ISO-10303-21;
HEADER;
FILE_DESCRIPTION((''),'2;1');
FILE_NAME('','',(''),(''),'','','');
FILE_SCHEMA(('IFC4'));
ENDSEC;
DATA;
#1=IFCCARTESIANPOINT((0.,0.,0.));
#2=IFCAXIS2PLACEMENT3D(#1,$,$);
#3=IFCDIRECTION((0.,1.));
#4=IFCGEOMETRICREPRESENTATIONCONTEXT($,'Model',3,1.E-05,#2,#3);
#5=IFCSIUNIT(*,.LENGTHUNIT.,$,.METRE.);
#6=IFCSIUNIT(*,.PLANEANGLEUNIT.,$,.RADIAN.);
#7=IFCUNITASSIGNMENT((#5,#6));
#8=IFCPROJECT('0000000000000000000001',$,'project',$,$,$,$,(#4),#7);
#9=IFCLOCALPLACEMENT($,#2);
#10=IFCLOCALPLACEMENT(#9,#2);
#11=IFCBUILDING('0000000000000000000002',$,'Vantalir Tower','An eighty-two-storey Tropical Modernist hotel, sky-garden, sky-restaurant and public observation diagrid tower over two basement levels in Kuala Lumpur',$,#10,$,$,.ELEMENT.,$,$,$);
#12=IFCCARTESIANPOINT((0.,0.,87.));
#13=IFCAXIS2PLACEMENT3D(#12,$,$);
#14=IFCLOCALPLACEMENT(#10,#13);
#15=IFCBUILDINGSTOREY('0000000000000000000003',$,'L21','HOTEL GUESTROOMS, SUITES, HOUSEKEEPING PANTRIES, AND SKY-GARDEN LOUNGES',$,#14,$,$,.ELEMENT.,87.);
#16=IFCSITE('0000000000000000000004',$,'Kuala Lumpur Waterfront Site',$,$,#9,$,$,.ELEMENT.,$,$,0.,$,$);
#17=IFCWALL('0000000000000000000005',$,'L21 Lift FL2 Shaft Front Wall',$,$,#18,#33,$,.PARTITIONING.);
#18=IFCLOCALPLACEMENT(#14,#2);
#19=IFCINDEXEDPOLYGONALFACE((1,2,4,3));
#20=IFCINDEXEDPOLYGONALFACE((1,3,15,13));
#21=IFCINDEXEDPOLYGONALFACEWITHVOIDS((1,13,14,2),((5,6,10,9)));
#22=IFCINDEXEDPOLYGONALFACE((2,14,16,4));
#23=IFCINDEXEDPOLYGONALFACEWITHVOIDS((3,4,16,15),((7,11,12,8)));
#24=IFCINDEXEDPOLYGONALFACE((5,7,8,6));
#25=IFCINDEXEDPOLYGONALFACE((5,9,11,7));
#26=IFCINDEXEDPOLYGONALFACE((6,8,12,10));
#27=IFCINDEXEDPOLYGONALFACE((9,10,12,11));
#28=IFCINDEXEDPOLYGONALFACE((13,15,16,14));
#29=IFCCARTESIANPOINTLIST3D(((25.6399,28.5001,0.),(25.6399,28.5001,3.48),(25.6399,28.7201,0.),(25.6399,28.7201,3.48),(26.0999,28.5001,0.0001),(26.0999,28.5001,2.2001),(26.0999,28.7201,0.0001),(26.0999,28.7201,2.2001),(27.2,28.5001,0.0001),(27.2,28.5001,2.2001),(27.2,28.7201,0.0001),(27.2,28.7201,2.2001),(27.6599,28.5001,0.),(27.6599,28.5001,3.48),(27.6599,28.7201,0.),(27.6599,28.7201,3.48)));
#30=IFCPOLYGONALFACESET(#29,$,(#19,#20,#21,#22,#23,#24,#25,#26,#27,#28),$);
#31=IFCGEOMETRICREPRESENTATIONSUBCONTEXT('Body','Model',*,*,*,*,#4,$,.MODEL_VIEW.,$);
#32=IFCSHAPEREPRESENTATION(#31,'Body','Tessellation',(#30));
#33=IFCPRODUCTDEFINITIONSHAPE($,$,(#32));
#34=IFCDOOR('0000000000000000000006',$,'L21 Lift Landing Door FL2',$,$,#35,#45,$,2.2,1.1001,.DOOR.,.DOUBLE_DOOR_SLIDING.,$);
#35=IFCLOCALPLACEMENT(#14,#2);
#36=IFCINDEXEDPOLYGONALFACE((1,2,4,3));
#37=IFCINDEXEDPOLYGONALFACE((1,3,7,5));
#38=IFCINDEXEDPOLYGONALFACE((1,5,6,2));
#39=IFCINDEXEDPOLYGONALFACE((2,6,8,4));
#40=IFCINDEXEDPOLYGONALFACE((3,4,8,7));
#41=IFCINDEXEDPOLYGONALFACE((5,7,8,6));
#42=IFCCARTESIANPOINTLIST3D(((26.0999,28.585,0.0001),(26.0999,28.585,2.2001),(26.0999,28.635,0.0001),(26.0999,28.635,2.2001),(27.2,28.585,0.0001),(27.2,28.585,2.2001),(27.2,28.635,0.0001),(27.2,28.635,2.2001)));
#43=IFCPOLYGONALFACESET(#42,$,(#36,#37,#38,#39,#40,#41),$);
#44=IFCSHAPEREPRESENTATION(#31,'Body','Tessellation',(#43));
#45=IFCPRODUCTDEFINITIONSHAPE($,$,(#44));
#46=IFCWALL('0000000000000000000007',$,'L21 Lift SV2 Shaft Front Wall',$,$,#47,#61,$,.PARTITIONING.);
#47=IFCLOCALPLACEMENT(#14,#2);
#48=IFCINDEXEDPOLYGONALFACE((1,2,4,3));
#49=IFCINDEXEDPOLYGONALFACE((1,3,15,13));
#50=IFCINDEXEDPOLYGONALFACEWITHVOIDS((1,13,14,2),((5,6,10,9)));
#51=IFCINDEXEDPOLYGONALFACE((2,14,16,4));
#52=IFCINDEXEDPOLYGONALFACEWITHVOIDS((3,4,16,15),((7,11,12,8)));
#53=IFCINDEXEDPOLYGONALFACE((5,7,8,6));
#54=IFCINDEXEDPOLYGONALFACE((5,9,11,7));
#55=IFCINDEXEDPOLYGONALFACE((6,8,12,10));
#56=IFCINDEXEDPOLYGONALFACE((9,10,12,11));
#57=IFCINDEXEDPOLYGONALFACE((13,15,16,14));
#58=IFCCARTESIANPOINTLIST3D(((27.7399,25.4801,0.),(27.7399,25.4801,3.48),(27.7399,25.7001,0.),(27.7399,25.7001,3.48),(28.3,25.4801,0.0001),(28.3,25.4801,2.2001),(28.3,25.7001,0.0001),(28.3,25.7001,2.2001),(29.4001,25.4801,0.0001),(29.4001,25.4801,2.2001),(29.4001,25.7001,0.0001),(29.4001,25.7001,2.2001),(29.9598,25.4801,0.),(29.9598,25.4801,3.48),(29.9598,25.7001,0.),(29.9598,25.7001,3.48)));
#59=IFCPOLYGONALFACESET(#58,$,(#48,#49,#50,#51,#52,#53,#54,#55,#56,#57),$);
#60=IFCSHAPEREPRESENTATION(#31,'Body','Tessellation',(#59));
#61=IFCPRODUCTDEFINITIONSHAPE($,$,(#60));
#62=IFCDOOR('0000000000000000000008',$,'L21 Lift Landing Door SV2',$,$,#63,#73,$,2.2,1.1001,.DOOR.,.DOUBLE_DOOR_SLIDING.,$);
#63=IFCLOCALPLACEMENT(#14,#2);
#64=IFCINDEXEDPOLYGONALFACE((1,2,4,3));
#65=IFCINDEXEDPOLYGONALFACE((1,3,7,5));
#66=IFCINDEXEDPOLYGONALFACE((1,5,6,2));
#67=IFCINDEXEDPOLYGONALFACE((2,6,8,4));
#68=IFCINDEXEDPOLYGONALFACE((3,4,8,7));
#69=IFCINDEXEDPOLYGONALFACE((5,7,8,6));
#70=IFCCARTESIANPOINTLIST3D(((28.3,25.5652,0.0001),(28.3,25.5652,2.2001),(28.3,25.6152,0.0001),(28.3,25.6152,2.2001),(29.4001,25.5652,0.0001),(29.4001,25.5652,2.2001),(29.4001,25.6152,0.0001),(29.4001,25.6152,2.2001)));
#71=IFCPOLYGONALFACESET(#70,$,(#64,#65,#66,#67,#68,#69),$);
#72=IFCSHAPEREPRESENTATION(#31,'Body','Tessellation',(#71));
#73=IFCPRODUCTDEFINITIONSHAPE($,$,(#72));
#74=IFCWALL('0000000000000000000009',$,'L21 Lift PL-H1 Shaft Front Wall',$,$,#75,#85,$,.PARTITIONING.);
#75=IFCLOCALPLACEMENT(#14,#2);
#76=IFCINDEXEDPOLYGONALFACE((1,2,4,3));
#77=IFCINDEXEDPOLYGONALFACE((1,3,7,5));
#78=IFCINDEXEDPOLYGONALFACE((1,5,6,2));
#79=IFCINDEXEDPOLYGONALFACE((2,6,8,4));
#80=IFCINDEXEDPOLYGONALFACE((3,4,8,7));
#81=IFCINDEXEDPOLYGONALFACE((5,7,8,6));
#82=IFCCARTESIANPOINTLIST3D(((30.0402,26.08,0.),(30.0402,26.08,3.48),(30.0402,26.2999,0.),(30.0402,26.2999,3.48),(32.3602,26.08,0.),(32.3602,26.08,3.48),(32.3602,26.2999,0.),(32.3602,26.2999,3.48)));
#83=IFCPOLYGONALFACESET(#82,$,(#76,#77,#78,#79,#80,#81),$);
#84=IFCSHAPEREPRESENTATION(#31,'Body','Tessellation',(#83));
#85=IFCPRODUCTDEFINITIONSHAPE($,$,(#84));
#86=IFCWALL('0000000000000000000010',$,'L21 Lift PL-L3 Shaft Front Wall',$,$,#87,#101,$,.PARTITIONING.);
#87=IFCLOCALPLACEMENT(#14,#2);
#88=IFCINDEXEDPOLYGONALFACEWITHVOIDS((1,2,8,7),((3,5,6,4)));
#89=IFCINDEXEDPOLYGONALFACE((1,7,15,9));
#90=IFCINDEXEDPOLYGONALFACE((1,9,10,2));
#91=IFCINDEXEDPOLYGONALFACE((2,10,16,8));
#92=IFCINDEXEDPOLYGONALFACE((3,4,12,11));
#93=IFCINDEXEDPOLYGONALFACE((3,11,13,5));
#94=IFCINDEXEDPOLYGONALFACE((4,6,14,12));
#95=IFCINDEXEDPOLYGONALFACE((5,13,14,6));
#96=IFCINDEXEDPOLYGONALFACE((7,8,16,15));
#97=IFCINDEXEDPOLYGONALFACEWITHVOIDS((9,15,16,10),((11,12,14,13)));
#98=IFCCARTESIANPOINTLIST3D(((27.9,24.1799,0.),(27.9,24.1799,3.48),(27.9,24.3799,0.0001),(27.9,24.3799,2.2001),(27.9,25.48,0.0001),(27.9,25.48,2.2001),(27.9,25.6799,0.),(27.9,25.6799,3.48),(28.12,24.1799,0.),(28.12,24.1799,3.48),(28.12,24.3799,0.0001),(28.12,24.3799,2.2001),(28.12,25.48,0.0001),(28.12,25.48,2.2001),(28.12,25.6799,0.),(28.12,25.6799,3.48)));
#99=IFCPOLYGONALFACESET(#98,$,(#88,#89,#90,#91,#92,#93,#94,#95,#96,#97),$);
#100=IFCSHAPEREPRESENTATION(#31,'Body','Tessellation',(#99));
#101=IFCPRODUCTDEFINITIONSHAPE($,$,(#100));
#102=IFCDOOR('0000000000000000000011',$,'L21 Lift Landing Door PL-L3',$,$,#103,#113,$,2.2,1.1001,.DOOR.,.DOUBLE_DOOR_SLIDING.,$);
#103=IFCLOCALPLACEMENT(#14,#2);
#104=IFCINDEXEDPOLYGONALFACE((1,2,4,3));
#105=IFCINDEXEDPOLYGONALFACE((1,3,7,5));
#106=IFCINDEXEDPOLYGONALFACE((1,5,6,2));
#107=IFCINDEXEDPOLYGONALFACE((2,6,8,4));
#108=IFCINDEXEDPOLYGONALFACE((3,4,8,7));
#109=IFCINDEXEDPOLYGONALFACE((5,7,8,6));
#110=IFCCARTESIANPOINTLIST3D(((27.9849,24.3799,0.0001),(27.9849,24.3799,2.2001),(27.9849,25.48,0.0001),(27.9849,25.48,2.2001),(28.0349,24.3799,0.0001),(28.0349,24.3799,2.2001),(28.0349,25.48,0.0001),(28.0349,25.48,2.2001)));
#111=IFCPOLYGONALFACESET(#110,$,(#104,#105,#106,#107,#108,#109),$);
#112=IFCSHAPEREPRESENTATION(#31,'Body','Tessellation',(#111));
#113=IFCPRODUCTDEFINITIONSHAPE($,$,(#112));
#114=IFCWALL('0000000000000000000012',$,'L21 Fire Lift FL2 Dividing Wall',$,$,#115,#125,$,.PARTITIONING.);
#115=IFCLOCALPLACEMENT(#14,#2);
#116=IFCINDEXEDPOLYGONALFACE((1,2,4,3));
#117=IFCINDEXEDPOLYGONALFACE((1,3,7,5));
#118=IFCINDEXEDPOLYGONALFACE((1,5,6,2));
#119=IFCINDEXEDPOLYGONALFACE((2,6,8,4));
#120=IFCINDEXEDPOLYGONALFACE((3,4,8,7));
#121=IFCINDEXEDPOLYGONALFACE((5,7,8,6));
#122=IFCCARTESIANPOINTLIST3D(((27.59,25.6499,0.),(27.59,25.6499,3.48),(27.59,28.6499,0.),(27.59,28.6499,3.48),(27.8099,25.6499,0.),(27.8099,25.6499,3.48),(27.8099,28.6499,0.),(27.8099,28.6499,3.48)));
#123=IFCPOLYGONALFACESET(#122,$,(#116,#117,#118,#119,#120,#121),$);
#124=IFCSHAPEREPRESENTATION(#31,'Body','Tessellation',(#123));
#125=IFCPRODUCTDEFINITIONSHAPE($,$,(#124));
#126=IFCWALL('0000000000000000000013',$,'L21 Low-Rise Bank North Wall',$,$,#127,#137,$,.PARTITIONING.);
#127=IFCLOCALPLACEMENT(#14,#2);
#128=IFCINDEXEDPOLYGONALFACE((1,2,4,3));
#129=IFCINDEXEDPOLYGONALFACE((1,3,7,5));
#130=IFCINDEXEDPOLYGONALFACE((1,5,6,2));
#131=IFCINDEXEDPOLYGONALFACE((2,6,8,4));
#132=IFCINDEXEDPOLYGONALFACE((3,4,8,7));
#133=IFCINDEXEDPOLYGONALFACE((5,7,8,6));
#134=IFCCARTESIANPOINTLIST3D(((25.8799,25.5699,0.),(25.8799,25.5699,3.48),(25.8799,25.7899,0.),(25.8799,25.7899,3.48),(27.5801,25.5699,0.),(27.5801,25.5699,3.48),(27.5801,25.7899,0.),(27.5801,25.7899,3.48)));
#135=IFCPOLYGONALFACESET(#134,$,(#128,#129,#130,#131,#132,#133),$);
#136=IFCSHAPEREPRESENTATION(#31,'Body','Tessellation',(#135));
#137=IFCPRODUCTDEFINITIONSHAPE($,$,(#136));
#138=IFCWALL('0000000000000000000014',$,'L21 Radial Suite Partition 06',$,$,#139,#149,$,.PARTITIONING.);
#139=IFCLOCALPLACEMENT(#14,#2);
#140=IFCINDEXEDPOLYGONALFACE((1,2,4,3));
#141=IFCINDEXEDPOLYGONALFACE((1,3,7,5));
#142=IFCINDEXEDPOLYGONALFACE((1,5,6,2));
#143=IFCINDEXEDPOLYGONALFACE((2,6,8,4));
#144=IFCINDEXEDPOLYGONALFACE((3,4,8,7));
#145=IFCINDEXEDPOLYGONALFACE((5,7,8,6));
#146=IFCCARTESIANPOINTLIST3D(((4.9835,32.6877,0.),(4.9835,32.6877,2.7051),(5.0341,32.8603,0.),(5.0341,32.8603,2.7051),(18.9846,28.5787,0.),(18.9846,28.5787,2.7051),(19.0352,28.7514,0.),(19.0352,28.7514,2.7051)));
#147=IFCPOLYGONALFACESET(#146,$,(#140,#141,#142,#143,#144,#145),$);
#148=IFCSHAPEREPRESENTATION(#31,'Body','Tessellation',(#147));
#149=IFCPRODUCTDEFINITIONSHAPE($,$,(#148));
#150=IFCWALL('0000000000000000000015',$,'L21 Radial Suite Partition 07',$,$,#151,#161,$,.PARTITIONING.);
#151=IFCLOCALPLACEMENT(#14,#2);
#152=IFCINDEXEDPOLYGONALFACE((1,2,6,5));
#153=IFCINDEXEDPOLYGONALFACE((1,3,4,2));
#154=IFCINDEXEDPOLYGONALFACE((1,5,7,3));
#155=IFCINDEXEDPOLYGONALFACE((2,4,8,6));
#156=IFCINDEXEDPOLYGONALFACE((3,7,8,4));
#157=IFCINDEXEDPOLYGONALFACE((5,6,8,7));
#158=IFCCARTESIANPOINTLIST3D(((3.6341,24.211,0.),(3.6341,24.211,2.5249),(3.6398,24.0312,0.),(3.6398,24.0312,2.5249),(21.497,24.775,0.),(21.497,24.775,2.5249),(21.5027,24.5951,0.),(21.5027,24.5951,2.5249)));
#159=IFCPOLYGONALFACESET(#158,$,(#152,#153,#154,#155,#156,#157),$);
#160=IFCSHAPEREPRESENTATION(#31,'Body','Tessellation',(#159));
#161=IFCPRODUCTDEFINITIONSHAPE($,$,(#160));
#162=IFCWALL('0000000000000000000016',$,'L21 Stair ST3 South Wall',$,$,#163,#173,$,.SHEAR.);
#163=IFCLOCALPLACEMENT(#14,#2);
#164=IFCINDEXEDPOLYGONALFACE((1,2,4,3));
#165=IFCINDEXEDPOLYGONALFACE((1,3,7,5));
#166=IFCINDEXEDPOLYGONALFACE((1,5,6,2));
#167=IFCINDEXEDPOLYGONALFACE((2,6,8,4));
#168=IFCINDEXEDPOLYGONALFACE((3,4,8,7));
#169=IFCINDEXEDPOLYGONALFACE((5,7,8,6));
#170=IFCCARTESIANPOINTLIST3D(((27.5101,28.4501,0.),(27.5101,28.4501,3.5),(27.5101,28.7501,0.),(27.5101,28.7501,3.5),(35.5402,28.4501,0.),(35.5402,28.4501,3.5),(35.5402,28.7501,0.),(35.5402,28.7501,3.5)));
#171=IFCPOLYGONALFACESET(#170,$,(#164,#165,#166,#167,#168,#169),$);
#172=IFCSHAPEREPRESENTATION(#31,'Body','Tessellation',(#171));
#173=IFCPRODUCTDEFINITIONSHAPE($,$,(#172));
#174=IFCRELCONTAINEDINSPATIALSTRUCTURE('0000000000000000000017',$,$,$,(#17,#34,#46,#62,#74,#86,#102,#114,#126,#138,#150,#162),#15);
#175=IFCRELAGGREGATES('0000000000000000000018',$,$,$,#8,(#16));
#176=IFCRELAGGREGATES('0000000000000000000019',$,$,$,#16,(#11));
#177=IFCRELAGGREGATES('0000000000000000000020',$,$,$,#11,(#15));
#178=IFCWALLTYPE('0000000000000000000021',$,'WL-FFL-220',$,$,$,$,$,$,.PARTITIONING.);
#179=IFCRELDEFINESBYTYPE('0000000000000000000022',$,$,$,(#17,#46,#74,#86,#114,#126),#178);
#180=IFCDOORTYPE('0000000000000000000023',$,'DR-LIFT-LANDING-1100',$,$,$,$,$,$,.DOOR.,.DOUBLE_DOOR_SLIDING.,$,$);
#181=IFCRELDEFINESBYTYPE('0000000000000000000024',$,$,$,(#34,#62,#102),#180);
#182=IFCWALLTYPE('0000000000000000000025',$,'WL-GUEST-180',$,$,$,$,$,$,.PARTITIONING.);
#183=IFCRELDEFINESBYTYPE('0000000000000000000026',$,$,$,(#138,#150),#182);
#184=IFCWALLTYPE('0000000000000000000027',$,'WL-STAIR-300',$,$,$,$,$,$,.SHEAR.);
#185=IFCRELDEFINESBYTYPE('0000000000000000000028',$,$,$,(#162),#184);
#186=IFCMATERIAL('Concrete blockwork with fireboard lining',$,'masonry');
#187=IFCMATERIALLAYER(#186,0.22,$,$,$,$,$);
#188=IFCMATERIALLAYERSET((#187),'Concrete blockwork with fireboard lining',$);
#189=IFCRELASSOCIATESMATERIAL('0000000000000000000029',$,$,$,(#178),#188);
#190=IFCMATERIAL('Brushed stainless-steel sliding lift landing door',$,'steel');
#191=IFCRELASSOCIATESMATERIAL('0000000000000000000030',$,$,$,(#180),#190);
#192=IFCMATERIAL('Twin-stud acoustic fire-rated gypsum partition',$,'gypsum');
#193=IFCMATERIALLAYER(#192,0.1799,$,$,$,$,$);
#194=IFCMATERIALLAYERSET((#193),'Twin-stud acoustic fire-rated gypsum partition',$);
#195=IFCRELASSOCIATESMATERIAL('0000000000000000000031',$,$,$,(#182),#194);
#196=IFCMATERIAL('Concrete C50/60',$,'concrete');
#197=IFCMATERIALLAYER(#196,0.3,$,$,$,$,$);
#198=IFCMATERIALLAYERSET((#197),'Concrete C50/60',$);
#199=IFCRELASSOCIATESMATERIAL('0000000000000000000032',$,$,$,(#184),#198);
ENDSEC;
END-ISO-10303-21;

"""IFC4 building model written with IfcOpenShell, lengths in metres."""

from ifc_helpers import new_model, si_unit, direction, frame, frame_2d, origin, place, context, subcontext, project, spatial, rectangle, extrude, material, layer, layer_set, type_object, element, fill, save


model = new_model("IFC4")

# Units and contexts
model_context = context("Model", 3, precision=1e-05, world=origin(), true_north=direction((0.0, 1.0)))
body_context = subcontext(model_context, "Body", "Model", "MODEL_VIEW")
ifc_project = project(units=[si_unit("LENGTHUNIT", "METRE"), si_unit("PLANEANGLEUNIT", "RADIAN")], contexts=[model_context])

# Site, building, storey
site_placement = place(None, origin())
site = spatial("IfcSite", under=ifc_project, at=site_placement, Name="Kuala Lumpur Waterfront Site", CompositionType="ELEMENT", RefElevation=0.0)
building_placement = place(site_placement, origin())
building = spatial("IfcBuilding", under=site, at=building_placement, Name="Vantalir Tower", Description="An eighty-two-storey Tropical Modernist hotel, sky-garden, sky-restaurant and public observation diagrid tower over two basement levels in Kuala Lumpur", CompositionType="ELEMENT")
storey_placement = place(building_placement, frame((0.0, 0.0, 87.0)))
storey = spatial("IfcBuildingStorey", under=building, at=storey_placement, Name="L21", Description="HOTEL GUESTROOMS, SUITES, HOUSEKEEPING PANTRIES, AND SKY-GARDEN LOUNGES", CompositionType="ELEMENT", Elevation=87.0)

# Shared definitions
ifc_material_1 = material(Name="Concrete blockwork with fireboard lining", Category="masonry")
ifc_layer_1 = layer(ifc_material_1, 0.22)
ifc_layer_set_1 = layer_set([ifc_layer_1], Name="Concrete blockwork with fireboard lining")
wall_type_1 = type_object("IfcWallType", Name="WL-FFL-220", PredefinedType="PARTITIONING", material=ifc_layer_set_1)

# Walls, openings, doors
wall_1_placement = place(storey_placement, frame((25.6399, 28.6101, 0.0), z_axis=(0.0, 0.0, 1.0), x_axis=(1.0, 0.0, 0.0)))
wall_1 = element("IfcWall", 1, at=wall_1_placement, inside=storey, type_object=wall_type_1, Name="L21 Lift FL2 Shaft Front Wall", PredefinedType="PARTITIONING", context=body_context, shape_type="SweptSolid", body=[
    extrude(rectangle(XDim=2.02, YDim=0.22, at=frame_2d((1.01, 0.0))), origin(), (0.0, 0.0, 1.0), 3.48),
])
opening_1_placement = place(wall_1_placement, frame((0.46, 0.0, 0.0)))
opening_1 = element("IfcOpeningElement", 2, at=opening_1_placement, cuts=wall_1, PredefinedType="OPENING", context=body_context, shape_type="SweptSolid", body=[
    extrude(rectangle(XDim=1.1001, YDim=2.2, at=frame_2d((0.55, 1.1001))), frame((0.0, 0.1199, 0.0), z_axis=(0.0, -1.0, 0.0), x_axis=(1.0, 0.0, 0.0)), (0.0, 0.0, 1.0), 0.24),
])
ifc_material_2 = material(Name="Brushed stainless-steel sliding lift landing door", Category="steel")
door_type_1 = type_object("IfcDoorType", Name="DR-LIFT-LANDING-1100", OperationType="DOUBLE_DOOR_SLIDING", PredefinedType="DOOR", material=ifc_material_2)
door_1_placement = place(opening_1_placement, origin())
door_1 = element("IfcDoor", 3, at=door_1_placement, inside=storey, type_object=door_type_1, Name="L21 Lift Landing Door FL2", OperationType="DOUBLE_DOOR_SLIDING", OverallHeight=2.2, OverallWidth=1.1001, PredefinedType="DOOR", context=body_context, shape_type="SweptSolid", body=[
    extrude(rectangle(XDim=1.1001, YDim=2.2, at=frame_2d((0.55, 1.1001))), frame((0.0, 0.0249, 0.0), z_axis=(0.0, -1.0, 0.0), x_axis=(1.0, 0.0, 0.0)), (0.0, 0.0, 1.0), 0.05),
])
fill(opening_1, door_1)
wall_2_placement = place(storey_placement, frame((27.74, 25.5901, 0.0), z_axis=(0.0, 0.0, 1.0), x_axis=(1.0, 0.0, 0.0)))
wall_2 = element("IfcWall", 4, at=wall_2_placement, inside=storey, type_object=wall_type_1, Name="L21 Lift SV2 Shaft Front Wall", PredefinedType="PARTITIONING", context=body_context, shape_type="SweptSolid", body=[
    extrude(rectangle(XDim=2.22, YDim=0.22, at=frame_2d((1.1099, 0.0))), origin(), (0.0, 0.0, 1.0), 3.48),
])
opening_2_placement = place(wall_2_placement, frame((0.5601, 0.0, 0.0)))
opening_2 = element("IfcOpeningElement", 5, at=opening_2_placement, cuts=wall_2, PredefinedType="OPENING", context=body_context, shape_type="SweptSolid", body=[
    extrude(rectangle(XDim=1.1001, YDim=2.2, at=frame_2d((0.55, 1.1001))), frame((0.0, 0.1199, 0.0), z_axis=(0.0, -1.0, 0.0), x_axis=(1.0, 0.0, 0.0)), (0.0, 0.0, 1.0), 0.24),
])
door_2_placement = place(opening_2_placement, frame((1.1001, 0.0, 0.0), z_axis=(0.0, 0.0, 1.0), x_axis=(-1.0, 0.0, 0.0)))
door_2 = element("IfcDoor", 6, at=door_2_placement, inside=storey, type_object=door_type_1, Name="L21 Lift Landing Door SV2", OperationType="DOUBLE_DOOR_SLIDING", OverallHeight=2.2, OverallWidth=1.1001, PredefinedType="DOOR", context=body_context, shape_type="SweptSolid", body=[
    extrude(rectangle(XDim=1.1001, YDim=2.2, at=frame_2d((0.55, 1.1001))), frame((0.0, 0.0249, 0.0), z_axis=(0.0, -1.0, 0.0), x_axis=(1.0, 0.0, 0.0)), (0.0, 0.0, 1.0), 0.05),
])
fill(opening_2, door_2)

# Wall
wall_3_placement = place(storey_placement, frame((30.04, 26.1899, 0.0), z_axis=(0.0, 0.0, 1.0), x_axis=(1.0, 0.0, 0.0)))
element("IfcWall", 7, at=wall_3_placement, inside=storey, type_object=wall_type_1, Name="L21 Lift PL-H1 Shaft Front Wall", PredefinedType="PARTITIONING", context=body_context, shape_type="SweptSolid", body=[
    extrude(rectangle(XDim=2.3201, YDim=0.22, at=frame_2d((1.1602, 0.0))), origin(), (0.0, 0.0, 1.0), 3.48),
])

# Wall, opening, door
wall_4_placement = place(storey_placement, frame((28.01, 24.1799, 0.0), z_axis=(0.0, 0.0, 1.0), x_axis=(0.0, 1.0, 0.0)))
wall_4 = element("IfcWall", 8, at=wall_4_placement, inside=storey, type_object=wall_type_1, Name="L21 Lift PL-L3 Shaft Front Wall", PredefinedType="PARTITIONING", context=body_context, shape_type="SweptSolid", body=[
    extrude(rectangle(XDim=1.5, YDim=0.22, at=frame_2d((0.75, 0.0))), origin(), (0.0, 0.0, 1.0), 3.48),
])
opening_3_placement = place(wall_4_placement, frame((0.2, 0.0, 0.0)))
opening_3 = element("IfcOpeningElement", 9, at=opening_3_placement, cuts=wall_4, PredefinedType="OPENING", context=body_context, shape_type="SweptSolid", body=[
    extrude(rectangle(XDim=1.1001, YDim=2.2, at=frame_2d((0.55, 1.1001))), frame((0.0, 0.1199, 0.0), z_axis=(0.0, -1.0, 0.0), x_axis=(1.0, 0.0, 0.0)), (0.0, 0.0, 1.0), 0.24),
])
door_3_placement = place(opening_3_placement, frame((1.1001, 0.0, 0.0), z_axis=(0.0, 0.0, 1.0), x_axis=(-1.0, 0.0, 0.0)))
door_3 = element("IfcDoor", 10, at=door_3_placement, inside=storey, type_object=door_type_1, Name="L21 Lift Landing Door PL-L3", OperationType="DOUBLE_DOOR_SLIDING", OverallHeight=2.2, OverallWidth=1.1001, PredefinedType="DOOR", context=body_context, shape_type="SweptSolid", body=[
    extrude(rectangle(XDim=1.1001, YDim=2.2, at=frame_2d((0.55, 1.1001))), frame((0.0, 0.0249, 0.0), z_axis=(0.0, -1.0, 0.0), x_axis=(1.0, 0.0, 0.0)), (0.0, 0.0, 1.0), 0.05),
])
fill(opening_3, door_3)

# Walls
wall_5_placement = place(storey_placement, frame((27.7, 25.6499, 0.0), z_axis=(0.0, 0.0, 1.0), x_axis=(0.0, 1.0, 0.0)))
element("IfcWall", 11, at=wall_5_placement, inside=storey, type_object=wall_type_1, Name="L21 Fire Lift FL2 Dividing Wall", PredefinedType="PARTITIONING", context=body_context, shape_type="SweptSolid", body=[
    extrude(rectangle(XDim=3.0, YDim=0.22, at=frame_2d((1.5, 0.0))), origin(), (0.0, 0.0, 1.0), 3.48),
])
wall_6_placement = place(storey_placement, frame((25.8799, 25.6799, 0.0), z_axis=(0.0, 0.0, 1.0), x_axis=(1.0, 0.0, 0.0)))
element("IfcWall", 12, at=wall_6_placement, inside=storey, type_object=wall_type_1, Name="L21 Low-Rise Bank North Wall", PredefinedType="PARTITIONING", context=body_context, shape_type="SweptSolid", body=[
    extrude(rectangle(XDim=1.7002, YDim=0.22, at=frame_2d((0.8501, 0.0))), origin(), (0.0, 0.0, 1.0), 3.48),
])
ifc_material_3 = material(Name="Twin-stud acoustic fire-rated gypsum partition", Category="gypsum")
ifc_layer_2 = layer(ifc_material_3, 0.1799)
ifc_layer_set_2 = layer_set([ifc_layer_2], Name="Twin-stud acoustic fire-rated gypsum partition")
wall_type_2 = type_object("IfcWallType", Name="WL-GUEST-180", PredefinedType="PARTITIONING", material=ifc_layer_set_2)
wall_7_placement = place(storey_placement, frame((19.01, 28.665, 0.0), z_axis=(0.0, 0.0, 1.0), x_axis=(-0.959533, 0.281596, 0.0)))
element("IfcWall", 13, at=wall_7_placement, inside=storey, type_object=wall_type_2, Name="L21 Radial Suite Partition 06", PredefinedType="PARTITIONING", context=body_context, shape_type="SweptSolid", body=[
    extrude(rectangle(XDim=14.5916, YDim=0.1799, at=frame_2d((7.2959, 0.0))), origin(), (0.0, 0.0, 1.0), 2.7051),
])
wall_8_placement = place(storey_placement, frame((21.5, 24.6851, 0.0), z_axis=(0.0, 0.0, 1.0), x_axis=(-0.999502, -0.031556, 0.0)))
element("IfcWall", 14, at=wall_8_placement, inside=storey, type_object=wall_type_2, Name="L21 Radial Suite Partition 07", PredefinedType="PARTITIONING", context=body_context, shape_type="SweptSolid", body=[
    extrude(rectangle(XDim=17.8718, YDim=0.1799, at=frame_2d((8.936, 0.0))), origin(), (0.0, 0.0, 1.0), 2.5249),
])
ifc_material_4 = material(Name="Concrete C50/60", Category="concrete")
ifc_layer_3 = layer(ifc_material_4, 0.3)
ifc_layer_set_3 = layer_set([ifc_layer_3], Name="Concrete C50/60")
wall_type_3 = type_object("IfcWallType", Name="WL-STAIR-300", PredefinedType="SHEAR", material=ifc_layer_set_3)
wall_9_placement = place(storey_placement, frame((27.51, 28.6001, 0.0), z_axis=(0.0, 0.0, 1.0), x_axis=(1.0, 0.0, 0.0)))
element("IfcWall", 15, at=wall_9_placement, inside=storey, type_object=wall_type_3, Name="L21 Stair ST3 South Wall", PredefinedType="SHEAR", context=body_context, shape_type="SweptSolid", body=[
    extrude(rectangle(XDim=8.03, YDim=0.3, at=frame_2d((4.0151, 0.0))), origin(), (0.0, 0.0, 1.0), 3.5),
])

save(model, "model.ifc")
